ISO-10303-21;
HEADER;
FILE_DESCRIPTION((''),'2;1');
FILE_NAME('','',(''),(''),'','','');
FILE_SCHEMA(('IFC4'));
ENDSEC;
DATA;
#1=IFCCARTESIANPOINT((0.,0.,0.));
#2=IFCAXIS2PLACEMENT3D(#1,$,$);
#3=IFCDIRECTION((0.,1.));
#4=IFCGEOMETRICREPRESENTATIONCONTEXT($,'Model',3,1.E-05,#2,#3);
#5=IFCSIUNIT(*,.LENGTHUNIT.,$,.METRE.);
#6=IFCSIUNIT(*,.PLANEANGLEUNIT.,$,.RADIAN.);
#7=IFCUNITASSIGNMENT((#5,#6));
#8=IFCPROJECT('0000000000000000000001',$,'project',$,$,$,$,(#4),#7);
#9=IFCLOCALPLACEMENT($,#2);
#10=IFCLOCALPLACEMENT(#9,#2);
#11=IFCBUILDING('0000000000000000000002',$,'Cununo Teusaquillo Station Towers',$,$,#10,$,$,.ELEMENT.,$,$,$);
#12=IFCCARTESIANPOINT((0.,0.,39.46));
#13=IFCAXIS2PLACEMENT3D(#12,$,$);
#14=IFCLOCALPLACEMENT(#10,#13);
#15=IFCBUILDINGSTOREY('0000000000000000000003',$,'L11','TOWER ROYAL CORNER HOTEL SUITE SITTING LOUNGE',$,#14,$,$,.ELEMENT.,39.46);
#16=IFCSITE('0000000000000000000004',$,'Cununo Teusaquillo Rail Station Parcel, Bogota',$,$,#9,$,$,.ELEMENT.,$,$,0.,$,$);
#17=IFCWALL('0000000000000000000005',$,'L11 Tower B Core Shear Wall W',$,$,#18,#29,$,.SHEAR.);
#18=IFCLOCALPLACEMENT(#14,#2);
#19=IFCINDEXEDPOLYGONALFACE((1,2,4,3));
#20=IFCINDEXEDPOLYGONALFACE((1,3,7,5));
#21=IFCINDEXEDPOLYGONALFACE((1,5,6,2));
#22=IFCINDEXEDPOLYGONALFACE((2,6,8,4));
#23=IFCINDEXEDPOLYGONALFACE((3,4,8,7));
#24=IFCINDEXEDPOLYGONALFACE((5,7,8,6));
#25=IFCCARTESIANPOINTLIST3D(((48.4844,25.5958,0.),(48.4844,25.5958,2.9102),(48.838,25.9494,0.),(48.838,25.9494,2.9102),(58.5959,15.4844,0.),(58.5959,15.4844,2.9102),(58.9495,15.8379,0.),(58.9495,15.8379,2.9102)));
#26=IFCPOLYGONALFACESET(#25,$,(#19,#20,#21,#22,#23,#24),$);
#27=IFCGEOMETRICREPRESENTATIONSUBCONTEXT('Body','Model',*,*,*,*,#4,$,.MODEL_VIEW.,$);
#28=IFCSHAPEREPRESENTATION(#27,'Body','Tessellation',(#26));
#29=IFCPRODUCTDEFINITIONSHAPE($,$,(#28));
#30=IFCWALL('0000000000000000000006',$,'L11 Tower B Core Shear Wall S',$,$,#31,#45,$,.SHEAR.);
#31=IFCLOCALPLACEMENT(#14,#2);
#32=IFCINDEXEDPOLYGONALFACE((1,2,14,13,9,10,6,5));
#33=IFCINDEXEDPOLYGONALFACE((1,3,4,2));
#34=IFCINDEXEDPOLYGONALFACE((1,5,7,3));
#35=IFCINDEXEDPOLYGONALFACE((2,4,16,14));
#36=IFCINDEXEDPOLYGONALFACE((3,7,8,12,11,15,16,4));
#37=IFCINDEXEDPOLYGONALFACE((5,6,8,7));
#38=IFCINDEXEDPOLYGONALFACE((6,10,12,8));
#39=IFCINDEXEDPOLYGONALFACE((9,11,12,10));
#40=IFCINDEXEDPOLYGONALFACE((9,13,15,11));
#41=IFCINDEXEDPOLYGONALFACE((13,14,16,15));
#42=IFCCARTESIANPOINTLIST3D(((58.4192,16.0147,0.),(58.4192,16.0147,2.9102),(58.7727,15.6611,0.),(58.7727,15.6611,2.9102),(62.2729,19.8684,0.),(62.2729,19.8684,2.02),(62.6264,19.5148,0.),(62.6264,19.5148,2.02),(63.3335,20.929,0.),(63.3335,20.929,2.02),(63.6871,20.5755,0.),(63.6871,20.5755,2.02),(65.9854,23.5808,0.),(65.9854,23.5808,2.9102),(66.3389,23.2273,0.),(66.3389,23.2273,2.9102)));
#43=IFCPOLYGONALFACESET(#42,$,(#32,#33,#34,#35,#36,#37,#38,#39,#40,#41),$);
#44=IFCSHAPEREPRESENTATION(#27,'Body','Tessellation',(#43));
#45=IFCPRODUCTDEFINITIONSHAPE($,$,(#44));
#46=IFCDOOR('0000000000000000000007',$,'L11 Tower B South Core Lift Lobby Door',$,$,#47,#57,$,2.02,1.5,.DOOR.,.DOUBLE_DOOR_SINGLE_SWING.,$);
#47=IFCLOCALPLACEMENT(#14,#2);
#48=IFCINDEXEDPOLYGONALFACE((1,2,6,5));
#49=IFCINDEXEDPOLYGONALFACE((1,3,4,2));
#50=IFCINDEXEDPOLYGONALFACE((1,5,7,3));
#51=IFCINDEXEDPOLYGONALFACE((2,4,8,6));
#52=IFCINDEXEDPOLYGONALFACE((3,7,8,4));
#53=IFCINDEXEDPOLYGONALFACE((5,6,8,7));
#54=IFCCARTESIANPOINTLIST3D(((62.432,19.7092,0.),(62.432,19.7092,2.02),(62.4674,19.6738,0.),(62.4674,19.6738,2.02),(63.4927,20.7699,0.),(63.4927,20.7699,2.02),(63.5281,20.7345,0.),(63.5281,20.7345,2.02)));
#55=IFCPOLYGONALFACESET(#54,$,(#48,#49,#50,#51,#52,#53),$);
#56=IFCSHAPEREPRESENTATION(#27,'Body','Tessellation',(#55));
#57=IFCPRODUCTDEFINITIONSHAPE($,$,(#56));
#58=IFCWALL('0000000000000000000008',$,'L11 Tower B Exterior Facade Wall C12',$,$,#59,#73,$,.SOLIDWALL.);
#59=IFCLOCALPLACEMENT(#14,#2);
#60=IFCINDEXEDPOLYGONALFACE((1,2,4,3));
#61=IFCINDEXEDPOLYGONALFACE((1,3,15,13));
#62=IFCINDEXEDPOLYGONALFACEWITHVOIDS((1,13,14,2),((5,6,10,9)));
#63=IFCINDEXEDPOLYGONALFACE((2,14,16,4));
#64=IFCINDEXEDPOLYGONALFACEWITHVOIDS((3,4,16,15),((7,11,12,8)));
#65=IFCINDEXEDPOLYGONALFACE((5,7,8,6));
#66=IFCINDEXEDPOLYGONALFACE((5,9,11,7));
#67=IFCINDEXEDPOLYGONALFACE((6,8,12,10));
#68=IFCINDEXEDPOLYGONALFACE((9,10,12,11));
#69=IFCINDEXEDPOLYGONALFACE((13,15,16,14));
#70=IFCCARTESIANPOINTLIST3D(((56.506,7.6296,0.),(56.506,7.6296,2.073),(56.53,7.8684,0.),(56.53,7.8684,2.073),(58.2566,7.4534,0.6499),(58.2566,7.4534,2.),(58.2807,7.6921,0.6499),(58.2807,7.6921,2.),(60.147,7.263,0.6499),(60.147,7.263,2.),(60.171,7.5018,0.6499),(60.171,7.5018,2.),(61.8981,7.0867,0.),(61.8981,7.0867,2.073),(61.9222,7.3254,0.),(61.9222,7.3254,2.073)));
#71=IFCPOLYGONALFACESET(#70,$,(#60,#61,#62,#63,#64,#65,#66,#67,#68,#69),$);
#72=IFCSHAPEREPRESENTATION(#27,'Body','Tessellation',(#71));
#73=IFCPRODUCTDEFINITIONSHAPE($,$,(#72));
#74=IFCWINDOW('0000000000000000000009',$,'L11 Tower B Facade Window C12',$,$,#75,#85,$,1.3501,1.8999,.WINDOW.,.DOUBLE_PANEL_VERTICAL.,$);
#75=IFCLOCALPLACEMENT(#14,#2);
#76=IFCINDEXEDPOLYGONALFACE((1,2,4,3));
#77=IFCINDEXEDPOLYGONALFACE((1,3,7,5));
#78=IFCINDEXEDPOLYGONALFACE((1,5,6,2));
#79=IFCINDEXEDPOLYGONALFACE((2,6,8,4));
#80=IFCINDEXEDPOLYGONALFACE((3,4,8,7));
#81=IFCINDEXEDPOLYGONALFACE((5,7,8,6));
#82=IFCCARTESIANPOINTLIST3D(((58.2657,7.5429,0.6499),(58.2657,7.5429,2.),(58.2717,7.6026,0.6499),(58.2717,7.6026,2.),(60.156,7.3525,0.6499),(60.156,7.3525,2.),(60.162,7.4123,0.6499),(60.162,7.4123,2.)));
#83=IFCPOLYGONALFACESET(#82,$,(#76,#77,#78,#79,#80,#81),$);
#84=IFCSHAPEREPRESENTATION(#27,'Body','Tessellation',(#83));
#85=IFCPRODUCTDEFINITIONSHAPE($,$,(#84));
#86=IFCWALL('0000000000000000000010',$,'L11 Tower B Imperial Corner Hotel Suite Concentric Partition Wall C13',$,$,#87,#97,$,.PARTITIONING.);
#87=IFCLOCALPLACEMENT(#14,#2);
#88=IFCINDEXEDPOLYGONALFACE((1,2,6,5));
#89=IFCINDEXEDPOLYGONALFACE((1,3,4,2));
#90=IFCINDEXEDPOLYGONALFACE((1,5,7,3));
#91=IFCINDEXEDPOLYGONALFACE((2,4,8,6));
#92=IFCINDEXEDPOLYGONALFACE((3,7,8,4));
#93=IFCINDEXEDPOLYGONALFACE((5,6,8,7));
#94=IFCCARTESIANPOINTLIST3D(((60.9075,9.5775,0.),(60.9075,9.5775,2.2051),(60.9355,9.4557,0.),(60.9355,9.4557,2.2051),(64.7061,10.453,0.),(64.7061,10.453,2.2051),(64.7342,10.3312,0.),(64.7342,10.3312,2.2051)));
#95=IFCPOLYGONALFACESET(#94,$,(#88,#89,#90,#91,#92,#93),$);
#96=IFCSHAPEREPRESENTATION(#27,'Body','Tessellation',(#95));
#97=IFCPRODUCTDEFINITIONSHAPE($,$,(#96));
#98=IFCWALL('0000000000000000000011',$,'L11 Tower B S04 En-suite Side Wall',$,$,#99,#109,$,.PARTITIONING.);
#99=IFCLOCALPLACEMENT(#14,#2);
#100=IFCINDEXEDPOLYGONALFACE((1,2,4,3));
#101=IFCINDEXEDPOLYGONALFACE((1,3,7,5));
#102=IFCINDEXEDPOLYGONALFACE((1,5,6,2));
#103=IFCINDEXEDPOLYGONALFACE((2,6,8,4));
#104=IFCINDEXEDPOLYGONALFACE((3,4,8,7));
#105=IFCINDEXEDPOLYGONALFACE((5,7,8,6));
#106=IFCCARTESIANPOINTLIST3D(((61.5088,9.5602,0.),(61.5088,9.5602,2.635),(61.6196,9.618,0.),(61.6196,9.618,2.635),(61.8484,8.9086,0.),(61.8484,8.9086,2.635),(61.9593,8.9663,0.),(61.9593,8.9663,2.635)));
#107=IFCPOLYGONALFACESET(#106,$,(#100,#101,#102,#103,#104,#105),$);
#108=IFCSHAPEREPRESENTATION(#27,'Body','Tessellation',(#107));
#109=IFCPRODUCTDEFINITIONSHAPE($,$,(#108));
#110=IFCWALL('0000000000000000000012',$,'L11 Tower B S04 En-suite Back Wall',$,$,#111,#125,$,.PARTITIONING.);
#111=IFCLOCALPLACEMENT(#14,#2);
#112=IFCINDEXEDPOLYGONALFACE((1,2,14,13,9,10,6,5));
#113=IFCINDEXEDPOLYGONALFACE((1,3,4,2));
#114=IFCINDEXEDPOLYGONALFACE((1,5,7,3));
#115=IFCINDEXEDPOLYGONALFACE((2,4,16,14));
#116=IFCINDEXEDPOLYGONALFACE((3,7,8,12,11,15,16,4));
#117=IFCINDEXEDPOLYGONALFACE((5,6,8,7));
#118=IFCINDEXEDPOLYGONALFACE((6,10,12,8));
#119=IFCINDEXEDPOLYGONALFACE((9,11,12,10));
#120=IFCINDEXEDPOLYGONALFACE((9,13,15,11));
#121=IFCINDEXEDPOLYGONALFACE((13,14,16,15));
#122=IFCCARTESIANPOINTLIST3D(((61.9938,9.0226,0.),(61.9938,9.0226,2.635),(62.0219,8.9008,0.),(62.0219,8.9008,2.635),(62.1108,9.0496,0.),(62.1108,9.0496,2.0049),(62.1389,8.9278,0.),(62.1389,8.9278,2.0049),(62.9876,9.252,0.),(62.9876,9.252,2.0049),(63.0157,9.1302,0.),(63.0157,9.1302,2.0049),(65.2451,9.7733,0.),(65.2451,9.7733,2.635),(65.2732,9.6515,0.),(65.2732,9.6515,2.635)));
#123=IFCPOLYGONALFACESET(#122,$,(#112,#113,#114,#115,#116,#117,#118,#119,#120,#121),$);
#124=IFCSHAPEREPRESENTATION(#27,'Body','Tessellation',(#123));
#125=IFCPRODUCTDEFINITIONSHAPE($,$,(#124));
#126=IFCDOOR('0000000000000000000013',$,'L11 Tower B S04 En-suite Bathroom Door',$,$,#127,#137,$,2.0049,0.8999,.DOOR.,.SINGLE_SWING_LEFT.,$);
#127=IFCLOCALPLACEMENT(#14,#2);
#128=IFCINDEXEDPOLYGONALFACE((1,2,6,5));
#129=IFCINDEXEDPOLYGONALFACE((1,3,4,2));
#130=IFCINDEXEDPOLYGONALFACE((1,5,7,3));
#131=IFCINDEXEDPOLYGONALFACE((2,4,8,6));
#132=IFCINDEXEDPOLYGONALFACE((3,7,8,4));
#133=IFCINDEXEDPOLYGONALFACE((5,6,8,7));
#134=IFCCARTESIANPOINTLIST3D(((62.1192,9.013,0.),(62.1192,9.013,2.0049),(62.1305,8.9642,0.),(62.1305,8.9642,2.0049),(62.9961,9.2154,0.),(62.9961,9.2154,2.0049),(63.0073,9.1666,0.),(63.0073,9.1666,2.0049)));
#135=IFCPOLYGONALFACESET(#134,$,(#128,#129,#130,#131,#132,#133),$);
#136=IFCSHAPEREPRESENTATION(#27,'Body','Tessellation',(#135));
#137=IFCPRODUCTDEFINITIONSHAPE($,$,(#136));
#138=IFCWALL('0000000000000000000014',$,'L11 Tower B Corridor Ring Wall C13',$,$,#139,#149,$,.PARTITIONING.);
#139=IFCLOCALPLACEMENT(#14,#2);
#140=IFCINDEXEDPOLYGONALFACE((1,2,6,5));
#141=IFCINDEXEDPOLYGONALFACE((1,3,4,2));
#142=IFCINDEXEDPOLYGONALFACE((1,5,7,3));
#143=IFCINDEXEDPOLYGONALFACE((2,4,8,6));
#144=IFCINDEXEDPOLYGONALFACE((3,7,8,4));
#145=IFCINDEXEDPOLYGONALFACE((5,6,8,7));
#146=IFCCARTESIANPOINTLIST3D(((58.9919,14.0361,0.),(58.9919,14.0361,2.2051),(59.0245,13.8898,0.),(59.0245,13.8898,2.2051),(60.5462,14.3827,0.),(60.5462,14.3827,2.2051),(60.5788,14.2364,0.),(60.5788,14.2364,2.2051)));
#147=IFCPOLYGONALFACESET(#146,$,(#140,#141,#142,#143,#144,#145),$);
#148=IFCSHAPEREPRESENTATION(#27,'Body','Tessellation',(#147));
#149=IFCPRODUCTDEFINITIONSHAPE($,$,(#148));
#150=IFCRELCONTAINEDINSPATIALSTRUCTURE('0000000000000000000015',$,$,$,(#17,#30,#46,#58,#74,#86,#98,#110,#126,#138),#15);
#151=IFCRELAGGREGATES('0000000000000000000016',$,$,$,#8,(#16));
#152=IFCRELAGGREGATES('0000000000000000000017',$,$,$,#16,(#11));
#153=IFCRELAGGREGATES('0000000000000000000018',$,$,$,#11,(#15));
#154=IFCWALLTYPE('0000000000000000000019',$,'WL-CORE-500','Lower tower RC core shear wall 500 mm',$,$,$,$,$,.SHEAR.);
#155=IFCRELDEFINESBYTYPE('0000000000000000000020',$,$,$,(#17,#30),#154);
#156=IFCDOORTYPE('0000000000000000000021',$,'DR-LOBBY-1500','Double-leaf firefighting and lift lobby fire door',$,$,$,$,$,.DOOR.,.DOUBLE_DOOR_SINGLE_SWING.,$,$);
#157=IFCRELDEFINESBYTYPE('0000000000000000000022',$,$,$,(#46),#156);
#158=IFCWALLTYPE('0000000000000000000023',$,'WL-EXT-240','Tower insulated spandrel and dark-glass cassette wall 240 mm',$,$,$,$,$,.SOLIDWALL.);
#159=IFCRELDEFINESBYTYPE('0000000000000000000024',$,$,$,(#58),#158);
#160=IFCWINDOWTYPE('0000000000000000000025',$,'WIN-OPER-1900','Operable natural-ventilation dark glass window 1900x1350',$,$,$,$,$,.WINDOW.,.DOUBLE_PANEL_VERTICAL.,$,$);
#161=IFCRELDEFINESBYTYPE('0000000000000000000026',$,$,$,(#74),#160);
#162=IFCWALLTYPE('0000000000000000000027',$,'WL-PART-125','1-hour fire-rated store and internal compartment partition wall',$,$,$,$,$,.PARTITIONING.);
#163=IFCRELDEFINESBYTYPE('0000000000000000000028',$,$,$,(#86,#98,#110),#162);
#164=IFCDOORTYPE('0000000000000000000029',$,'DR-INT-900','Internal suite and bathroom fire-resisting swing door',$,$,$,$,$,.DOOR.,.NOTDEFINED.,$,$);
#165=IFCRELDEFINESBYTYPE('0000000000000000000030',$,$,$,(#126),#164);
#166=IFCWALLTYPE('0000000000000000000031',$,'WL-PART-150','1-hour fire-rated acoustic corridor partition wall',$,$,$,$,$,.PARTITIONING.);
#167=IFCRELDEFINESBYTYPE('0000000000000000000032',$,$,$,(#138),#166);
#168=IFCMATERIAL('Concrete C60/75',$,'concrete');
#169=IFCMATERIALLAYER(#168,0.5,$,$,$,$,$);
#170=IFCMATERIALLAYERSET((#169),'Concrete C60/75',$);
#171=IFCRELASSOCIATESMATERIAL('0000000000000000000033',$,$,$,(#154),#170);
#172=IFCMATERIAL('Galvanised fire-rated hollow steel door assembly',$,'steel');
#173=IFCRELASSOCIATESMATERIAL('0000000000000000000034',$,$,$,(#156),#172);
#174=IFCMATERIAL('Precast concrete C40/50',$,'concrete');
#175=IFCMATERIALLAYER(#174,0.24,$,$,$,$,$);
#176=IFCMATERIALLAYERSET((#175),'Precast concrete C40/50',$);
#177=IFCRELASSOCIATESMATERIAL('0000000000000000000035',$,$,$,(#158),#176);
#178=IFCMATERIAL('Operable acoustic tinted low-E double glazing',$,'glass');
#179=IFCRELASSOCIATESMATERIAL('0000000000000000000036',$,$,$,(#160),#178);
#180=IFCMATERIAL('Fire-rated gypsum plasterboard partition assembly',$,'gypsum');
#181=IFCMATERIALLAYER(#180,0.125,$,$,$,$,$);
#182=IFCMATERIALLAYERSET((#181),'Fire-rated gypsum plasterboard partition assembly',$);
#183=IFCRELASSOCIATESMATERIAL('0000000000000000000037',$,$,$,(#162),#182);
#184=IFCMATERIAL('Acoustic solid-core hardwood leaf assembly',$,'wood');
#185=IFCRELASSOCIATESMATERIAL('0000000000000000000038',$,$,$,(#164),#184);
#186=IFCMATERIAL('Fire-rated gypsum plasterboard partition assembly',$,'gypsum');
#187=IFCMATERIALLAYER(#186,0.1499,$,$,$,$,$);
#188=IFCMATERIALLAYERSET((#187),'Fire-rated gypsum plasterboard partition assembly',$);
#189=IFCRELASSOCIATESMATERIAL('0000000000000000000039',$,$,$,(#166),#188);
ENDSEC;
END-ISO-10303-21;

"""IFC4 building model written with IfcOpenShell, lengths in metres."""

from ifc_helpers import new_model, si_unit, direction, frame, frame_2d, origin, place, context, subcontext, project, spatial, rectangle, extrude, source, transform, mapped, material, layer, layer_set, type_object, element, fill, save


model = new_model("IFC4")

# Units and contexts
model_context = context("Model", 3, precision=1e-05, world=origin(), true_north=direction((0.0, 1.0)))
body_context = subcontext(model_context, "Body", "Model", "MODEL_VIEW")
ifc_project = project(units=[si_unit("LENGTHUNIT", "METRE"), si_unit("PLANEANGLEUNIT", "RADIAN")], contexts=[model_context])

# Site, building, storey
site_placement = place(None, origin())
site = spatial("IfcSite", under=ifc_project, at=site_placement, Name="Cununo Teusaquillo Rail Station Parcel, Bogota", CompositionType="ELEMENT", RefElevation=0.0)
building_placement = place(site_placement, origin())
building = spatial("IfcBuilding", under=site, at=building_placement, Name="Cununo Teusaquillo Station Towers", CompositionType="ELEMENT")
storey_placement = place(building_placement, frame((0.0, 0.0, 39.46)))
storey = spatial("IfcBuildingStorey", under=building, at=storey_placement, Name="L11", Description="TOWER ROYAL CORNER HOTEL SUITE SITTING LOUNGE", CompositionType="ELEMENT", Elevation=39.46)

# Wall
ifc_material_1 = material(Name="Concrete C60/75", Category="concrete")
ifc_layer_1 = layer(ifc_material_1, 0.5)
ifc_layer_set_1 = layer_set([ifc_layer_1], Name="Concrete C60/75")
wall_type_1 = type_object("IfcWallType", Name="WL-CORE-500", Description="Lower tower RC core shear wall 500 mm", PredefinedType="SHEAR", material=ifc_layer_set_1)
wall_1_placement = place(storey_placement, frame((58.7727, 15.6611, 0.0), z_axis=(0.0, 0.0, 1.0), x_axis=(-0.707107, 0.707107, 0.0)))
element("IfcWall", 1, at=wall_1_placement, inside=storey, type_object=wall_type_1, Name="L11 Tower B Core Shear Wall W", PredefinedType="SHEAR", context=body_context, shape_type="SweptSolid", body=[
    extrude(rectangle(XDim=14.2998, YDim=0.5, at=frame_2d((7.1499, 0.0))), origin(), (0.0, 0.0, 1.0), 2.9102),
])

# Wall, opening, door
wall_2_placement = place(storey_placement, frame((58.5959, 15.8379, 0.0), z_axis=(0.0, 0.0, 1.0), x_axis=(0.707107, 0.707107, 0.0)))
wall_2 = element("IfcWall", 2, at=wall_2_placement, inside=storey, type_object=wall_type_1, Name="L11 Tower B Core Shear Wall S", PredefinedType="SHEAR", context=body_context, shape_type="SweptSolid", body=[
    extrude(rectangle(XDim=10.7002, YDim=0.5, at=frame_2d((5.3501, 0.0))), origin(), (0.0, 0.0, 1.0), 2.9102),
])
shared_shape_1 = source(origin(), body_context, "Body", "SweptSolid", [
    extrude(rectangle(XDim=1.5, YDim=2.02, at=frame_2d((0.75, 1.01))), frame((0.0, 0.26, 0.0), z_axis=(0.0, -1.0, 0.0), x_axis=(1.0, 0.0, 0.0)), (0.0, 0.0, 1.0), 0.52),
])
opening_1_placement = place(wall_2_placement, frame((5.45, 0.0, 0.0)))
opening_1 = element("IfcOpeningElement", 3, at=opening_1_placement, cuts=wall_2, PredefinedType="OPENING", context=body_context, shape_type="MappedRepresentation", body=[
    mapped(shared_shape_1, transform((0.0, 0.0, 0.0), x_axis=(1.0, 0.0, 0.0), y_axis=(0.0, 1.0, 0.0), z_axis=(0.0, 0.0, 1.0), scale=1.0)),
])
ifc_material_2 = material(Name="Galvanised fire-rated hollow steel door assembly", Category="steel")
door_type_1 = type_object("IfcDoorType", Name="DR-LOBBY-1500", Description="Double-leaf firefighting and lift lobby fire door", OperationType="DOUBLE_DOOR_SINGLE_SWING", PredefinedType="DOOR", material=ifc_material_2)
shared_shape_2 = source(origin(), body_context, "Body", "SweptSolid", [
    extrude(rectangle(XDim=1.5, YDim=2.02, at=frame_2d((0.75, 1.01))), frame((0.0, 0.0249, 0.0), z_axis=(0.0, -1.0, 0.0), x_axis=(1.0, 0.0, 0.0)), (0.0, 0.0, 1.0), 0.05),
])
door_1_placement = place(opening_1_placement, origin())
door_1 = element("IfcDoor", 4, at=door_1_placement, inside=storey, type_object=door_type_1, Name="L11 Tower B South Core Lift Lobby Door", OperationType="DOUBLE_DOOR_SINGLE_SWING", OverallHeight=2.02, OverallWidth=1.5, PredefinedType="DOOR", context=body_context, shape_type="MappedRepresentation", body=[
    mapped(shared_shape_2, transform((0.0, 0.0, 0.0), x_axis=(1.0, 0.0, 0.0), y_axis=(0.0, 1.0, 0.0), z_axis=(0.0, 0.0, 1.0), scale=1.0)),
])
fill(opening_1, door_1)

# Wall, opening, window
ifc_material_3 = material(Name="Precast concrete C40/50", Category="concrete")
ifc_layer_2 = layer(ifc_material_3, 0.24)
ifc_layer_set_2 = layer_set([ifc_layer_2], Name="Precast concrete C40/50")
wall_type_2 = type_object("IfcWallType", Name="WL-EXT-240", Description="Tower insulated spandrel and dark-glass cassette wall 240 mm", PredefinedType="SOLIDWALL", material=ifc_layer_set_2)
wall_3_placement = place(storey_placement, frame((61.9102, 7.2061, 0.0), z_axis=(0.0, 0.0, 1.0), x_axis=(-0.994968, 0.100191, 0.0)))
wall_3 = element("IfcWall", 5, at=wall_3_placement, inside=storey, type_object=wall_type_2, Name="L11 Tower B Exterior Facade Wall C12", PredefinedType="SOLIDWALL", context=body_context, shape_type="SweptSolid", body=[
    extrude(rectangle(XDim=5.4194, YDim=0.24, at=frame_2d((2.7097, 0.0))), origin(), (0.0, 0.0, 1.0), 2.073),
])
shared_shape_3 = source(origin(), body_context, "Body", "SweptSolid", [
    extrude(rectangle(XDim=1.8999, YDim=1.3501, at=frame_2d((0.95, 0.675))), frame((0.0, 0.1299, 0.0), z_axis=(0.0, -1.0, 0.0), x_axis=(1.0, 0.0, 0.0)), (0.0, 0.0, 1.0), 0.26),
])
opening_2_placement = place(wall_3_placement, frame((1.76, 0.0, 0.6499)))
opening_2 = element("IfcOpeningElement", 6, at=opening_2_placement, cuts=wall_3, PredefinedType="OPENING", context=body_context, shape_type="MappedRepresentation", body=[
    mapped(shared_shape_3, transform((0.0, 0.0, 0.0), x_axis=(1.0, 0.0, 0.0), y_axis=(0.0, 1.0, 0.0), z_axis=(0.0, 0.0, 1.0), scale=1.0)),
])
ifc_material_4 = material(Name="Operable acoustic tinted low-E double glazing", Category="glass")
window_type = type_object("IfcWindowType", Name="WIN-OPER-1900", Description="Operable natural-ventilation dark glass window 1900x1350", PartitioningType="DOUBLE_PANEL_VERTICAL", PredefinedType="WINDOW", material=ifc_material_4)
shared_shape_4 = source(origin(), body_context, "Body", "SweptSolid", [
    extrude(rectangle(XDim=1.8999, YDim=1.3501, at=frame_2d((0.95, 0.675))), frame((0.0, 0.03, 0.0), z_axis=(0.0, -1.0, 0.0), x_axis=(1.0, 0.0, 0.0)), (0.0, 0.0, 1.0), 0.0601),
])
window_placement = place(opening_2_placement, origin())
window = element("IfcWindow", 7, at=window_placement, inside=storey, type_object=window_type, Name="L11 Tower B Facade Window C12", OverallHeight=1.3501, OverallWidth=1.8999, PartitioningType="DOUBLE_PANEL_VERTICAL", PredefinedType="WINDOW", context=body_context, shape_type="MappedRepresentation", body=[
    mapped(shared_shape_4, transform((0.0, 0.0, 0.0), x_axis=(1.0, 0.0, 0.0), y_axis=(0.0, 1.0, 0.0), z_axis=(0.0, 0.0, 1.0), scale=1.0)),
])
fill(opening_2, window)

# Walls
ifc_material_5 = material(Name="Fire-rated gypsum plasterboard partition assembly", Category="gypsum")
ifc_layer_3 = layer(ifc_material_5, 0.125)
ifc_layer_set_3 = layer_set([ifc_layer_3], Name="Fire-rated gypsum plasterboard partition assembly")
wall_type_3 = type_object("IfcWallType", Name="WL-PART-125", Description="1-hour fire-rated store and internal compartment partition wall", PredefinedType="PARTITIONING", material=ifc_layer_set_3)
wall_4_placement = place(storey_placement, frame((60.9214, 9.5166, 0.0), z_axis=(0.0, 0.0, 1.0), x_axis=(0.974453, 0.22459, 0.0)))
element("IfcWall", 8, at=wall_4_placement, inside=storey, type_object=wall_type_3, Name="L11 Tower B Imperial Corner Hotel Suite Concentric Partition Wall C13", PredefinedType="PARTITIONING", context=body_context, shape_type="SweptSolid", body=[
    extrude(rectangle(XDim=3.8982, YDim=0.125, at=frame_2d((1.9492, 0.0))), origin(), (0.0, 0.0, 1.0), 2.2051),
])
wall_5_placement = place(storey_placement, frame((61.5642, 9.5891, 0.0), z_axis=(0.0, 0.0, 1.0), x_axis=(0.462169, -0.886792, 0.0)))
element("IfcWall", 9, at=wall_5_placement, inside=storey, type_object=wall_type_3, Name="L11 Tower B S04 En-suite Side Wall", PredefinedType="PARTITIONING", context=body_context, shape_type="SweptSolid", body=[
    extrude(rectangle(XDim=0.7349, YDim=0.125, at=frame_2d((0.3674, 0.0))), origin(), (0.0, 0.0, 1.0), 2.635),
])

# Wall, opening, door
wall_6_placement = place(storey_placement, frame((62.0078, 8.9617, 0.0), z_axis=(0.0, 0.0, 1.0), x_axis=(0.974365, 0.224972, 0.0)))
wall_6 = element("IfcWall", 10, at=wall_6_placement, inside=storey, type_object=wall_type_3, Name="L11 Tower B S04 En-suite Back Wall", PredefinedType="PARTITIONING", context=body_context, shape_type="SweptSolid", body=[
    extrude(rectangle(XDim=3.3369, YDim=0.125, at=frame_2d((1.6685, 0.0))), origin(), (0.0, 0.0, 1.0), 2.635),
])
shared_shape_5 = source(origin(), body_context, "Body", "SweptSolid", [
    extrude(rectangle(XDim=0.8999, YDim=2.0049, at=frame_2d((0.45, 1.0024))), frame((0.0, 0.0725, 0.0), z_axis=(0.0, -1.0, 0.0), x_axis=(1.0, 0.0, 0.0)), (0.0, 0.0, 1.0), 0.145),
])
opening_3_placement = place(wall_6_placement, frame((0.1201, 0.0, 0.0)))
opening_3 = element("IfcOpeningElement", 11, at=opening_3_placement, cuts=wall_6, PredefinedType="OPENING", context=body_context, shape_type="MappedRepresentation", body=[
    mapped(shared_shape_5, transform((0.0, 0.0, 0.0), x_axis=(1.0, 0.0, 0.0), y_axis=(0.0, 1.0, 0.0), z_axis=(0.0, 0.0, 1.0), scale=1.0)),
])
ifc_material_6 = material(Name="Acoustic solid-core hardwood leaf assembly", Category="wood")
door_type_2 = type_object("IfcDoorType", Name="DR-INT-900", Description="Internal suite and bathroom fire-resisting swing door", OperationType="NOTDEFINED", PredefinedType="DOOR", material=ifc_material_6)
shared_shape_6 = source(origin(), body_context, "Body", "SweptSolid", [
    extrude(rectangle(XDim=0.8999, YDim=2.0049, at=frame_2d((0.45, 1.0024))), frame((0.0, 0.0249, 0.0), z_axis=(0.0, -1.0, 0.0), x_axis=(1.0, 0.0, 0.0)), (0.0, 0.0, 1.0), 0.05),
])
door_2_placement = place(opening_3_placement, origin())
door_2 = element("IfcDoor", 12, at=door_2_placement, inside=storey, type_object=door_type_2, Name="L11 Tower B S04 En-suite Bathroom Door", OperationType="SINGLE_SWING_LEFT", OverallHeight=2.0049, OverallWidth=0.8999, PredefinedType="DOOR", context=body_context, shape_type="MappedRepresentation", body=[
    mapped(shared_shape_6, transform((0.0, 0.0, 0.0), x_axis=(1.0, 0.0, 0.0), y_axis=(0.0, 1.0, 0.0), z_axis=(0.0, 0.0, 1.0), scale=1.0)),
])
fill(opening_3, door_2)

# Wall
ifc_material_7 = material(Name="Fire-rated gypsum plasterboard partition assembly", Category="gypsum")
ifc_layer_4 = layer(ifc_material_7, 0.1499)
ifc_layer_set_4 = layer_set([ifc_layer_4], Name="Fire-rated gypsum plasterboard partition assembly")
wall_type_4 = type_object("IfcWallType", Name="WL-PART-150", Description="1-hour fire-rated acoustic corridor partition wall", PredefinedType="PARTITIONING", material=ifc_layer_set_4)
wall_7_placement = place(storey_placement, frame((59.0081, 13.9629, 0.0), z_axis=(0.0, 0.0, 1.0), x_axis=(0.976021, 0.217677, 0.0)))
element("IfcWall", 13, at=wall_7_placement, inside=storey, type_object=wall_type_4, Name="L11 Tower B Corridor Ring Wall C13", PredefinedType="PARTITIONING", context=body_context, shape_type="SweptSolid", body=[
    extrude(rectangle(XDim=1.5925, YDim=0.1499, at=frame_2d((0.7964, 0.0))), origin(), (0.0, 0.0, 1.0), 2.2051),
])

save(model, "model.ifc")
